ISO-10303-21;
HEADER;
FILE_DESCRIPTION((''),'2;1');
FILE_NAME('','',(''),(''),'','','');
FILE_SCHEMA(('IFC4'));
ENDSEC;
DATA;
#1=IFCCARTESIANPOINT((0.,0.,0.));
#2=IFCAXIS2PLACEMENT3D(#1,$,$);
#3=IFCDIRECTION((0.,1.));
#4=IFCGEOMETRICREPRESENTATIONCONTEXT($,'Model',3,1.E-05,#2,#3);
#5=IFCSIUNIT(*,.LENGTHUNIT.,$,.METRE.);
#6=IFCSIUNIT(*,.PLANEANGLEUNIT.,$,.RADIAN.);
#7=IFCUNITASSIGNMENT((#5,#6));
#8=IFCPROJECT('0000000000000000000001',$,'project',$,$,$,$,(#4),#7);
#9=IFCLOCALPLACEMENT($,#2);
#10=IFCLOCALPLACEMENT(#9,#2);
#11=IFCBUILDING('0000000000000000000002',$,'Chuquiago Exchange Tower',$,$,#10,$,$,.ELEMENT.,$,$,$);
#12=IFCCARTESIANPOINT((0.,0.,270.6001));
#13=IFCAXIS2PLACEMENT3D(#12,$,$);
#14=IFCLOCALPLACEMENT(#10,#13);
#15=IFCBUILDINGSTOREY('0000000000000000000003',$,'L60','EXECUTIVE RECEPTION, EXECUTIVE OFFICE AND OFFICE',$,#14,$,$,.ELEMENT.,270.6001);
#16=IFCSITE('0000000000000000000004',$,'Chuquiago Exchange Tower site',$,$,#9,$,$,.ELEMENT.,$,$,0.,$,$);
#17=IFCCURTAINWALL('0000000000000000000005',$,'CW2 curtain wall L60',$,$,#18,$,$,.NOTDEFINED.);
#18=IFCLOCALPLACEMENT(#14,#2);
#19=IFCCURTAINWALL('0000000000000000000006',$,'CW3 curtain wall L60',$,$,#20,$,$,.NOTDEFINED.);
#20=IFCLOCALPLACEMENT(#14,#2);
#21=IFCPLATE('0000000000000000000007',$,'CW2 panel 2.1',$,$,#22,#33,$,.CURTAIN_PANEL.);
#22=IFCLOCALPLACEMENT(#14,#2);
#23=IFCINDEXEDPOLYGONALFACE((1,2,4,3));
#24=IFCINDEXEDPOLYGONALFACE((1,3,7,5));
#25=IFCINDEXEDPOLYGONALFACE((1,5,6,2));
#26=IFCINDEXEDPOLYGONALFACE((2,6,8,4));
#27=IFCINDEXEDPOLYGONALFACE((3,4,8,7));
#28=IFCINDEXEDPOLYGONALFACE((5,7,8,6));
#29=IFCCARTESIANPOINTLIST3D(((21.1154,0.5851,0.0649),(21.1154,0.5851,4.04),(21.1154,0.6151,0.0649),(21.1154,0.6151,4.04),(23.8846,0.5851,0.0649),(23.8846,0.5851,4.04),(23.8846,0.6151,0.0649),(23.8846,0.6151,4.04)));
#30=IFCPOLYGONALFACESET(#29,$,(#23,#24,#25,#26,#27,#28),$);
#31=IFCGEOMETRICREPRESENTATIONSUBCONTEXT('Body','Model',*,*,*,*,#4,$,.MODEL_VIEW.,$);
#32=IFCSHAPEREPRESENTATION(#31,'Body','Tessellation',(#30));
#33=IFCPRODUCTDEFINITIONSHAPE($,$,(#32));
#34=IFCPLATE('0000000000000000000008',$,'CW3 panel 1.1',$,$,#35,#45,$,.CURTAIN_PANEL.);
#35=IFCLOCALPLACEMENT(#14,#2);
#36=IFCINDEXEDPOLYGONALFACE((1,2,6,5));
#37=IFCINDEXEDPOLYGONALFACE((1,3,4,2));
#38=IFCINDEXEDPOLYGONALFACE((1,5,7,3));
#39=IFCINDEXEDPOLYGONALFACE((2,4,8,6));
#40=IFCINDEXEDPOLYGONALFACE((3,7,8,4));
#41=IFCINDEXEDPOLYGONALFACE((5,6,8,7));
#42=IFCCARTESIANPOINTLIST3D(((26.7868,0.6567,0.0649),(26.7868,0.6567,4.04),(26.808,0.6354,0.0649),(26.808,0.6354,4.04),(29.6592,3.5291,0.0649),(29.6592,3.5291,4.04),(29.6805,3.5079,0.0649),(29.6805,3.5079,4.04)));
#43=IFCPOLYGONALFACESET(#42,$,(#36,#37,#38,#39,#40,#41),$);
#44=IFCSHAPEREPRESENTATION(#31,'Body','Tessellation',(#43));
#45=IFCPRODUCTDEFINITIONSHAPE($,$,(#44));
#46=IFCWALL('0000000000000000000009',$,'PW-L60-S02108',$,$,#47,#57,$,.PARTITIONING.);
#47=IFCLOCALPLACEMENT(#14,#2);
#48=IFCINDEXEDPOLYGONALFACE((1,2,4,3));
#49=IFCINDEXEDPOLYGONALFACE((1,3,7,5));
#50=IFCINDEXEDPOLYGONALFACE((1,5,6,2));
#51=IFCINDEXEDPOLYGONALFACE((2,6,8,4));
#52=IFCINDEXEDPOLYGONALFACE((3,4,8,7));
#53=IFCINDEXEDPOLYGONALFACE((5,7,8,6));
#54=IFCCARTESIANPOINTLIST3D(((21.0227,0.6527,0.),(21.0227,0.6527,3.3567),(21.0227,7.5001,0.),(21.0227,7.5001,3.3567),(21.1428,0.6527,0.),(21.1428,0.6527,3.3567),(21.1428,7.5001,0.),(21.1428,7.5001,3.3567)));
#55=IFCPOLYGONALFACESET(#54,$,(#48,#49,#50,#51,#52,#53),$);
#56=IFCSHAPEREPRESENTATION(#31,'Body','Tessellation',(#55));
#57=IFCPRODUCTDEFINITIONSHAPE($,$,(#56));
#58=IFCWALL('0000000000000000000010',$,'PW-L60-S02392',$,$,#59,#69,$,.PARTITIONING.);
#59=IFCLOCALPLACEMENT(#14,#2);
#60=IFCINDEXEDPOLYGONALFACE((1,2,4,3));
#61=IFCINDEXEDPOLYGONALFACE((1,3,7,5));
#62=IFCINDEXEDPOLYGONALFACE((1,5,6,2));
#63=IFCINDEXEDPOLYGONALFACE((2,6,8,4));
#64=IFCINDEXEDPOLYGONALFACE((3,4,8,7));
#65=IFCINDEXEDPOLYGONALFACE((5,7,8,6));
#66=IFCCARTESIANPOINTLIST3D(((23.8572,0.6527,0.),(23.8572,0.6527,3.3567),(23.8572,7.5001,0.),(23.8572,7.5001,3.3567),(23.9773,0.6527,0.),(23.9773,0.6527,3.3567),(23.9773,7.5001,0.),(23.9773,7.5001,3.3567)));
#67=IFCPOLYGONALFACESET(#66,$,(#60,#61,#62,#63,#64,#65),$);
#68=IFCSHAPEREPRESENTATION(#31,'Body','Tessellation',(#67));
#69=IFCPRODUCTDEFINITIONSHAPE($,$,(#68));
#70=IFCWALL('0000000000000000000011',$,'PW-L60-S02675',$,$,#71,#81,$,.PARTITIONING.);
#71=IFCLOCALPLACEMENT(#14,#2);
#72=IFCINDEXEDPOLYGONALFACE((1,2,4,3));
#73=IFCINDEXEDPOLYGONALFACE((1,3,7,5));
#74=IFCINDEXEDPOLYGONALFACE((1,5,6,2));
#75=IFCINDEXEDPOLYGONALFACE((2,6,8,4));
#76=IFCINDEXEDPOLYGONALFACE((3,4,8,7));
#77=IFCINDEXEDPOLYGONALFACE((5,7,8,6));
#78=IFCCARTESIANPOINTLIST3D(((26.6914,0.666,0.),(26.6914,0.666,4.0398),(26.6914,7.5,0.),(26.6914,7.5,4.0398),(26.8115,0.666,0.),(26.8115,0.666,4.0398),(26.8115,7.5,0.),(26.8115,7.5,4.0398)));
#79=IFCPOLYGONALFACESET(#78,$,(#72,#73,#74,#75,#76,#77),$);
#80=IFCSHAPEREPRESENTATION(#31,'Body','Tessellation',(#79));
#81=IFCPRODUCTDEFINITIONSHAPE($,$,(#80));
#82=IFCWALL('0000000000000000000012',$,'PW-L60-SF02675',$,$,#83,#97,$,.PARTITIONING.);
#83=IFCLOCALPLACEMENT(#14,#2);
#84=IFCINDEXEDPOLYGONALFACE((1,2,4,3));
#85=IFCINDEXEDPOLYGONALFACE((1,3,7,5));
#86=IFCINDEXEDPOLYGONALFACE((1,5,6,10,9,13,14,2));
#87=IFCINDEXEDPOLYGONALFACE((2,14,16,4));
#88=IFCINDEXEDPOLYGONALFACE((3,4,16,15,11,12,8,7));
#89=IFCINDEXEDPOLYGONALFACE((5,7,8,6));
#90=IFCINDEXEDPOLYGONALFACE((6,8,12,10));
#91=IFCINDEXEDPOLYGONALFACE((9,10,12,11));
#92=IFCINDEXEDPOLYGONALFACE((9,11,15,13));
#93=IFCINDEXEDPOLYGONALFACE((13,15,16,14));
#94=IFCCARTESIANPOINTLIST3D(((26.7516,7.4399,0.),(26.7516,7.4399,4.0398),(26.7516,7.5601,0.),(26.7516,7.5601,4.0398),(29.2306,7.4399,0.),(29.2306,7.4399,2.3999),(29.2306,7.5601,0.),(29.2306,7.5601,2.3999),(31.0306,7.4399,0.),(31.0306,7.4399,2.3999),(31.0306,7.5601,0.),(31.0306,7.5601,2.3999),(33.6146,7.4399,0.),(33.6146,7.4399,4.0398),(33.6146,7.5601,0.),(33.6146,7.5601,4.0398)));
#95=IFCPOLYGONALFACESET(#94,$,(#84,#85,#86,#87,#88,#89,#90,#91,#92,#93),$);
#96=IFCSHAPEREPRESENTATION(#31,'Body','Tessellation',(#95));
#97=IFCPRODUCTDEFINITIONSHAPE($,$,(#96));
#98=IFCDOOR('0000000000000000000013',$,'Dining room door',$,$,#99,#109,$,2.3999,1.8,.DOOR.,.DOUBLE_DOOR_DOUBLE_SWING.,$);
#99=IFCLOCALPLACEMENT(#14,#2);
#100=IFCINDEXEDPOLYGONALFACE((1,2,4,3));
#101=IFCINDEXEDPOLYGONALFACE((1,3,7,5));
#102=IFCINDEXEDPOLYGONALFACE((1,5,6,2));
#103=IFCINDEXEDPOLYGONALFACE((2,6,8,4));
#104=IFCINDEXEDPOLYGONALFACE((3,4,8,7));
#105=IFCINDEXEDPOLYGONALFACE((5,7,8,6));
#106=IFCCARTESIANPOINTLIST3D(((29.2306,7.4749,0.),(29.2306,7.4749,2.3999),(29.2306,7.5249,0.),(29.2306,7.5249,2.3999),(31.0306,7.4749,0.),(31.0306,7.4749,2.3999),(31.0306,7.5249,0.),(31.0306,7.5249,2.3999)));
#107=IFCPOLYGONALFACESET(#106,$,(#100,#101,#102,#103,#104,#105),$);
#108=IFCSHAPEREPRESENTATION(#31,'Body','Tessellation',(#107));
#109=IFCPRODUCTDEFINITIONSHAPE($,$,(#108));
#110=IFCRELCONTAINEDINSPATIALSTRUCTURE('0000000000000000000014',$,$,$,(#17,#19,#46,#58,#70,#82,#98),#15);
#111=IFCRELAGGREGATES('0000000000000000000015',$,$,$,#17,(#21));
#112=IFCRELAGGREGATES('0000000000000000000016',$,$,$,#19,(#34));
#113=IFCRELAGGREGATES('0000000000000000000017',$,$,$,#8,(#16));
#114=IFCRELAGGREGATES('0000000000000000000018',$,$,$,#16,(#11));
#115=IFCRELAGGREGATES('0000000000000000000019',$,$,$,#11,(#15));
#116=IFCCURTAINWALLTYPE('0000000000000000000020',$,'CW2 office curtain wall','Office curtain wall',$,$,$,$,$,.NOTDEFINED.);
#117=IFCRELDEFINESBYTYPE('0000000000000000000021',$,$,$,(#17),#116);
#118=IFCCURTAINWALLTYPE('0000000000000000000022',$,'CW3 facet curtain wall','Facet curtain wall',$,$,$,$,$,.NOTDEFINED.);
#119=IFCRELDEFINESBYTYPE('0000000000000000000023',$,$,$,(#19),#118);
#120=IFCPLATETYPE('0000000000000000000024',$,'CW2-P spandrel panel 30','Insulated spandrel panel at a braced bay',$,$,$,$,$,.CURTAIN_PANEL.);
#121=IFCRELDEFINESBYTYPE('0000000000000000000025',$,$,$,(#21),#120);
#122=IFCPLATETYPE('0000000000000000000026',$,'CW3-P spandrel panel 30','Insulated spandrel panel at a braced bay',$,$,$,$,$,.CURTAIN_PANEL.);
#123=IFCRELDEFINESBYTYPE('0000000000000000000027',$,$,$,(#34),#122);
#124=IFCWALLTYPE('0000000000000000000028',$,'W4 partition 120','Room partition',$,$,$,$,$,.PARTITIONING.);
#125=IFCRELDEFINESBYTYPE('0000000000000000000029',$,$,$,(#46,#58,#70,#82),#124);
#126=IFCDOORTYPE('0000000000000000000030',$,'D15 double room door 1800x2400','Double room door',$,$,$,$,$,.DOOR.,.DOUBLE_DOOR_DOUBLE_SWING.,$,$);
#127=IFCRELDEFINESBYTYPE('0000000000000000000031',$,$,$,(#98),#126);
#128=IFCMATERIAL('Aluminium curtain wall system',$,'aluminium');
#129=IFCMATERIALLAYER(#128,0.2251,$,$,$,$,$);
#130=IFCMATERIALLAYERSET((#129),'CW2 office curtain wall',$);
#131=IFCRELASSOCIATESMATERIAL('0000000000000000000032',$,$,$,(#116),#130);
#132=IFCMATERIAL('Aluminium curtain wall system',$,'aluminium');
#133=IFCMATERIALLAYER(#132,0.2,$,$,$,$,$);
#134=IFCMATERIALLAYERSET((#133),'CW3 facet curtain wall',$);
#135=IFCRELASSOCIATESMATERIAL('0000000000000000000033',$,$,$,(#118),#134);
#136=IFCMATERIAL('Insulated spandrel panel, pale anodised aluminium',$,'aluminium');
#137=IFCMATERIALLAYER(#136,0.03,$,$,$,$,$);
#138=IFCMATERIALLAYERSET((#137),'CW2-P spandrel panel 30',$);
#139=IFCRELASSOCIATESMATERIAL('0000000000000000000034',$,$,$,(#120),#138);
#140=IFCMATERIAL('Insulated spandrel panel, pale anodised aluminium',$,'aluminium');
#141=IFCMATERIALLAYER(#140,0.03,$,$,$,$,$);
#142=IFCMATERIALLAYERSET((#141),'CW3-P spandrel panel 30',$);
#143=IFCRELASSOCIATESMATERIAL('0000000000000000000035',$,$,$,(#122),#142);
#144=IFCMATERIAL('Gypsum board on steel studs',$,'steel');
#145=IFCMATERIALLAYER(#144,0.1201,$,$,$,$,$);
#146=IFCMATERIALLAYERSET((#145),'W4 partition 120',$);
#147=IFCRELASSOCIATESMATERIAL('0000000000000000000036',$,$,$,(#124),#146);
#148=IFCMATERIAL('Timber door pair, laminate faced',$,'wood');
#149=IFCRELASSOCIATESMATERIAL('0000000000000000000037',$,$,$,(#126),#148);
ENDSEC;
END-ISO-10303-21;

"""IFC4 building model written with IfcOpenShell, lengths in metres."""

from ifc_helpers import new_model, si_unit, direction, frame, frame_2d, origin, origin_2d, place, context, subcontext, project, spatial, rectangle, extrude, material, layer, layer_set, type_object, element, fill, aggregate, save


model = new_model("IFC4")

# Units and contexts
model_context = context("Model", 3, precision=1e-05, world=origin(), true_north=direction((0.0, 1.0)))
body_context = subcontext(model_context, "Body", "Model", "MODEL_VIEW")
ifc_project = project(units=[si_unit("LENGTHUNIT", "METRE"), si_unit("PLANEANGLEUNIT", "RADIAN")], contexts=[model_context])

# Site, building, storey
site_placement = place(None, origin())
site = spatial("IfcSite", under=ifc_project, at=site_placement, Name="Chuquiago Exchange Tower site", CompositionType="ELEMENT", RefElevation=0.0)
building_placement = place(site_placement, origin())
building = spatial("IfcBuilding", under=site, at=building_placement, Name="Chuquiago Exchange Tower", CompositionType="ELEMENT")
storey_placement = place(building_placement, frame((0.0, 0.0, 270.6001)))
storey = spatial("IfcBuildingStorey", under=building, at=storey_placement, Name="L60", Description="EXECUTIVE RECEPTION, EXECUTIVE OFFICE AND OFFICE", CompositionType="ELEMENT", Elevation=270.6001)

# Curtain walls
ifc_material_1 = material(Name="Aluminium curtain wall system", Category="aluminium")
ifc_layer_1 = layer(ifc_material_1, 0.2251)
ifc_layer_set_1 = layer_set([ifc_layer_1], Name="CW2 office curtain wall")
curtain_wall_type_1 = type_object("IfcCurtainWallType", Name="CW2 office curtain wall", Description="Office curtain wall", PredefinedType="NOTDEFINED", material=ifc_layer_set_1)
curtain_wall_1_placement = place(storey_placement, origin())
curtain_wall_1 = element("IfcCurtainWall", 1, at=curtain_wall_1_placement, inside=storey, type_object=curtain_wall_type_1, Name="CW2 curtain wall L60", PredefinedType="NOTDEFINED")
ifc_material_2 = material(Name="Aluminium curtain wall system", Category="aluminium")
ifc_layer_2 = layer(ifc_material_2, 0.2)
ifc_layer_set_2 = layer_set([ifc_layer_2], Name="CW3 facet curtain wall")
curtain_wall_type_2 = type_object("IfcCurtainWallType", Name="CW3 facet curtain wall", Description="Facet curtain wall", PredefinedType="NOTDEFINED", material=ifc_layer_set_2)
curtain_wall_2_placement = place(storey_placement, origin())
curtain_wall_2 = element("IfcCurtainWall", 2, at=curtain_wall_2_placement, inside=storey, type_object=curtain_wall_type_2, Name="CW3 curtain wall L60", PredefinedType="NOTDEFINED")

# Plates
ifc_material_3 = material(Name="Insulated spandrel panel, pale anodised aluminium", Category="aluminium")
ifc_layer_3 = layer(ifc_material_3, 0.03)
ifc_layer_set_3 = layer_set([ifc_layer_3], Name="CW2-P spandrel panel 30")
plate_type_1 = type_object("IfcPlateType", Name="CW2-P spandrel panel 30", Description="Insulated spandrel panel at a braced bay", PredefinedType="CURTAIN_PANEL", material=ifc_layer_set_3)
plate_1_placement = place(storey_placement, frame((22.5, 0.6001, 0.0649), z_axis=(0.0, 0.0, 1.0), x_axis=(1.0, 0.0, 0.0)))
plate_1 = element("IfcPlate", 3, at=plate_1_placement, type_object=plate_type_1, Name="CW2 panel 2.1", PredefinedType="CURTAIN_PANEL", context=body_context, shape_type="SweptSolid", body=[
    extrude(rectangle(XDim=2.7693, YDim=0.03, at=origin_2d()), origin(), (0.0, 0.0, 1.0), 3.9751),
])
aggregate(curtain_wall_1, [plate_1])
ifc_material_4 = material(Name="Insulated spandrel panel, pale anodised aluminium", Category="aluminium")
ifc_layer_4 = layer(ifc_material_4, 0.03)
ifc_layer_set_4 = layer_set([ifc_layer_4], Name="CW3-P spandrel panel 30")
plate_type_2 = type_object("IfcPlateType", Name="CW3-P spandrel panel 30", Description="Insulated spandrel panel at a braced bay", PredefinedType="CURTAIN_PANEL", material=ifc_layer_set_4)
plate_2_placement = place(storey_placement, frame((28.2336, 2.0823, 0.0649), z_axis=(0.0, 0.0, 1.0), x_axis=(0.707107, 0.707107, 0.0)))
plate_2 = element("IfcPlate", 4, at=plate_2_placement, type_object=plate_type_2, Name="CW3 panel 1.1", PredefinedType="CURTAIN_PANEL", context=body_context, shape_type="SweptSolid", body=[
    extrude(rectangle(XDim=4.0623, YDim=0.03, at=origin_2d()), origin(), (0.0, 0.0, 1.0), 3.9751),
])
aggregate(curtain_wall_2, [plate_2])

# Walls
ifc_material_5 = material(Name="Gypsum board on steel studs", Category="steel")
ifc_layer_5 = layer(ifc_material_5, 0.1201)
ifc_layer_set_5 = layer_set([ifc_layer_5], Name="W4 partition 120")
wall_type = type_object("IfcWallType", Name="W4 partition 120", Description="Room partition", PredefinedType="PARTITIONING", material=ifc_layer_set_5)
for number, where, z_axis, x_axis, name in (
    (5, (21.0828, 0.6526, 0.0), (0.0, 0.0, 1.0), (0.0, 1.0, 0.0), "PW-L60-S02108"),
    (6, (23.9172, 0.6526, 0.0), (0.0, 0.0, 1.0), (0.0, 1.0, 0.0), "PW-L60-S02392"),
):
    element("IfcWall", number, at=place(storey_placement, frame(where, z_axis=z_axis, x_axis=x_axis)), inside=storey, type_object=wall_type, Name=name, PredefinedType="PARTITIONING", context=body_context, shape_type="SweptSolid", body=[
        extrude(rectangle(XDim=6.8474, YDim=0.1201, at=frame_2d((3.4238, 0.0))), origin(), (0.0, 0.0, 1.0), 3.3567),
    ])
wall_1_placement = place(storey_placement, frame((26.7515, 0.666, 0.0), z_axis=(0.0, 0.0, 1.0), x_axis=(0.0, 1.0, 0.0)))
element("IfcWall", 7, at=wall_1_placement, inside=storey, type_object=wall_type, Name="PW-L60-S02675", PredefinedType="PARTITIONING", context=body_context, shape_type="SweptSolid", body=[
    extrude(rectangle(XDim=6.834, YDim=0.1201, at=frame_2d((3.417, 0.0))), origin(), (0.0, 0.0, 1.0), 4.0398),
])

# Wall, opening, door
wall_2_placement = place(storey_placement, frame((26.7515, 7.5, 0.0), z_axis=(0.0, 0.0, 1.0), x_axis=(1.0, 0.0, 0.0)))
wall_2 = element("IfcWall", 8, at=wall_2_placement, inside=storey, type_object=wall_type, Name="PW-L60-SF02675", PredefinedType="PARTITIONING", context=body_context, shape_type="SweptSolid", body=[
    extrude(rectangle(XDim=6.863, YDim=0.1201, at=frame_2d((3.4316, 0.0))), origin(), (0.0, 0.0, 1.0), 4.0398),
])
opening_1_placement = place(wall_2_placement, frame((2.4792, 0.0, 0.0)))
opening_1 = element("IfcOpeningElement", 9, at=opening_1_placement, cuts=wall_2, PredefinedType="OPENING", context=body_context, shape_type="SweptSolid", body=[
    extrude(rectangle(XDim=1.8, YDim=2.3999, at=frame_2d((0.8999, 1.2))), frame((0.0, 0.0701, 0.0), z_axis=(0.0, -1.0, 0.0), x_axis=(1.0, 0.0, 0.0)), (0.0, 0.0, 1.0), 0.1401),
])
ifc_material_6 = material(Name="Timber door pair, laminate faced", Category="wood")
door_type_1 = type_object("IfcDoorType", Name="D15 double room door 1800x2400", Description="Double room door", OperationType="DOUBLE_DOOR_DOUBLE_SWING", PredefinedType="DOOR", material=ifc_material_6)
door_1_placement = place(opening_1_placement, origin())
door_1 = element("IfcDoor", 10, at=door_1_placement, inside=storey, type_object=door_type_1, Name="Dining room door", OperationType="DOUBLE_DOOR_DOUBLE_SWING", OverallHeight=2.3999, OverallWidth=1.8, PredefinedType="DOOR", context=body_context, shape_type="SweptSolid", body=[
    extrude(rectangle(XDim=1.8, YDim=2.3999, at=frame_2d((0.8999, 1.2))), frame((0.0, 0.0249, 0.0), z_axis=(0.0, -1.0, 0.0), x_axis=(1.0, 0.0, 0.0)), (0.0, 0.0, 1.0), 0.05),
])
fill(opening_1, door_1)

save(model, "model.ifc")
